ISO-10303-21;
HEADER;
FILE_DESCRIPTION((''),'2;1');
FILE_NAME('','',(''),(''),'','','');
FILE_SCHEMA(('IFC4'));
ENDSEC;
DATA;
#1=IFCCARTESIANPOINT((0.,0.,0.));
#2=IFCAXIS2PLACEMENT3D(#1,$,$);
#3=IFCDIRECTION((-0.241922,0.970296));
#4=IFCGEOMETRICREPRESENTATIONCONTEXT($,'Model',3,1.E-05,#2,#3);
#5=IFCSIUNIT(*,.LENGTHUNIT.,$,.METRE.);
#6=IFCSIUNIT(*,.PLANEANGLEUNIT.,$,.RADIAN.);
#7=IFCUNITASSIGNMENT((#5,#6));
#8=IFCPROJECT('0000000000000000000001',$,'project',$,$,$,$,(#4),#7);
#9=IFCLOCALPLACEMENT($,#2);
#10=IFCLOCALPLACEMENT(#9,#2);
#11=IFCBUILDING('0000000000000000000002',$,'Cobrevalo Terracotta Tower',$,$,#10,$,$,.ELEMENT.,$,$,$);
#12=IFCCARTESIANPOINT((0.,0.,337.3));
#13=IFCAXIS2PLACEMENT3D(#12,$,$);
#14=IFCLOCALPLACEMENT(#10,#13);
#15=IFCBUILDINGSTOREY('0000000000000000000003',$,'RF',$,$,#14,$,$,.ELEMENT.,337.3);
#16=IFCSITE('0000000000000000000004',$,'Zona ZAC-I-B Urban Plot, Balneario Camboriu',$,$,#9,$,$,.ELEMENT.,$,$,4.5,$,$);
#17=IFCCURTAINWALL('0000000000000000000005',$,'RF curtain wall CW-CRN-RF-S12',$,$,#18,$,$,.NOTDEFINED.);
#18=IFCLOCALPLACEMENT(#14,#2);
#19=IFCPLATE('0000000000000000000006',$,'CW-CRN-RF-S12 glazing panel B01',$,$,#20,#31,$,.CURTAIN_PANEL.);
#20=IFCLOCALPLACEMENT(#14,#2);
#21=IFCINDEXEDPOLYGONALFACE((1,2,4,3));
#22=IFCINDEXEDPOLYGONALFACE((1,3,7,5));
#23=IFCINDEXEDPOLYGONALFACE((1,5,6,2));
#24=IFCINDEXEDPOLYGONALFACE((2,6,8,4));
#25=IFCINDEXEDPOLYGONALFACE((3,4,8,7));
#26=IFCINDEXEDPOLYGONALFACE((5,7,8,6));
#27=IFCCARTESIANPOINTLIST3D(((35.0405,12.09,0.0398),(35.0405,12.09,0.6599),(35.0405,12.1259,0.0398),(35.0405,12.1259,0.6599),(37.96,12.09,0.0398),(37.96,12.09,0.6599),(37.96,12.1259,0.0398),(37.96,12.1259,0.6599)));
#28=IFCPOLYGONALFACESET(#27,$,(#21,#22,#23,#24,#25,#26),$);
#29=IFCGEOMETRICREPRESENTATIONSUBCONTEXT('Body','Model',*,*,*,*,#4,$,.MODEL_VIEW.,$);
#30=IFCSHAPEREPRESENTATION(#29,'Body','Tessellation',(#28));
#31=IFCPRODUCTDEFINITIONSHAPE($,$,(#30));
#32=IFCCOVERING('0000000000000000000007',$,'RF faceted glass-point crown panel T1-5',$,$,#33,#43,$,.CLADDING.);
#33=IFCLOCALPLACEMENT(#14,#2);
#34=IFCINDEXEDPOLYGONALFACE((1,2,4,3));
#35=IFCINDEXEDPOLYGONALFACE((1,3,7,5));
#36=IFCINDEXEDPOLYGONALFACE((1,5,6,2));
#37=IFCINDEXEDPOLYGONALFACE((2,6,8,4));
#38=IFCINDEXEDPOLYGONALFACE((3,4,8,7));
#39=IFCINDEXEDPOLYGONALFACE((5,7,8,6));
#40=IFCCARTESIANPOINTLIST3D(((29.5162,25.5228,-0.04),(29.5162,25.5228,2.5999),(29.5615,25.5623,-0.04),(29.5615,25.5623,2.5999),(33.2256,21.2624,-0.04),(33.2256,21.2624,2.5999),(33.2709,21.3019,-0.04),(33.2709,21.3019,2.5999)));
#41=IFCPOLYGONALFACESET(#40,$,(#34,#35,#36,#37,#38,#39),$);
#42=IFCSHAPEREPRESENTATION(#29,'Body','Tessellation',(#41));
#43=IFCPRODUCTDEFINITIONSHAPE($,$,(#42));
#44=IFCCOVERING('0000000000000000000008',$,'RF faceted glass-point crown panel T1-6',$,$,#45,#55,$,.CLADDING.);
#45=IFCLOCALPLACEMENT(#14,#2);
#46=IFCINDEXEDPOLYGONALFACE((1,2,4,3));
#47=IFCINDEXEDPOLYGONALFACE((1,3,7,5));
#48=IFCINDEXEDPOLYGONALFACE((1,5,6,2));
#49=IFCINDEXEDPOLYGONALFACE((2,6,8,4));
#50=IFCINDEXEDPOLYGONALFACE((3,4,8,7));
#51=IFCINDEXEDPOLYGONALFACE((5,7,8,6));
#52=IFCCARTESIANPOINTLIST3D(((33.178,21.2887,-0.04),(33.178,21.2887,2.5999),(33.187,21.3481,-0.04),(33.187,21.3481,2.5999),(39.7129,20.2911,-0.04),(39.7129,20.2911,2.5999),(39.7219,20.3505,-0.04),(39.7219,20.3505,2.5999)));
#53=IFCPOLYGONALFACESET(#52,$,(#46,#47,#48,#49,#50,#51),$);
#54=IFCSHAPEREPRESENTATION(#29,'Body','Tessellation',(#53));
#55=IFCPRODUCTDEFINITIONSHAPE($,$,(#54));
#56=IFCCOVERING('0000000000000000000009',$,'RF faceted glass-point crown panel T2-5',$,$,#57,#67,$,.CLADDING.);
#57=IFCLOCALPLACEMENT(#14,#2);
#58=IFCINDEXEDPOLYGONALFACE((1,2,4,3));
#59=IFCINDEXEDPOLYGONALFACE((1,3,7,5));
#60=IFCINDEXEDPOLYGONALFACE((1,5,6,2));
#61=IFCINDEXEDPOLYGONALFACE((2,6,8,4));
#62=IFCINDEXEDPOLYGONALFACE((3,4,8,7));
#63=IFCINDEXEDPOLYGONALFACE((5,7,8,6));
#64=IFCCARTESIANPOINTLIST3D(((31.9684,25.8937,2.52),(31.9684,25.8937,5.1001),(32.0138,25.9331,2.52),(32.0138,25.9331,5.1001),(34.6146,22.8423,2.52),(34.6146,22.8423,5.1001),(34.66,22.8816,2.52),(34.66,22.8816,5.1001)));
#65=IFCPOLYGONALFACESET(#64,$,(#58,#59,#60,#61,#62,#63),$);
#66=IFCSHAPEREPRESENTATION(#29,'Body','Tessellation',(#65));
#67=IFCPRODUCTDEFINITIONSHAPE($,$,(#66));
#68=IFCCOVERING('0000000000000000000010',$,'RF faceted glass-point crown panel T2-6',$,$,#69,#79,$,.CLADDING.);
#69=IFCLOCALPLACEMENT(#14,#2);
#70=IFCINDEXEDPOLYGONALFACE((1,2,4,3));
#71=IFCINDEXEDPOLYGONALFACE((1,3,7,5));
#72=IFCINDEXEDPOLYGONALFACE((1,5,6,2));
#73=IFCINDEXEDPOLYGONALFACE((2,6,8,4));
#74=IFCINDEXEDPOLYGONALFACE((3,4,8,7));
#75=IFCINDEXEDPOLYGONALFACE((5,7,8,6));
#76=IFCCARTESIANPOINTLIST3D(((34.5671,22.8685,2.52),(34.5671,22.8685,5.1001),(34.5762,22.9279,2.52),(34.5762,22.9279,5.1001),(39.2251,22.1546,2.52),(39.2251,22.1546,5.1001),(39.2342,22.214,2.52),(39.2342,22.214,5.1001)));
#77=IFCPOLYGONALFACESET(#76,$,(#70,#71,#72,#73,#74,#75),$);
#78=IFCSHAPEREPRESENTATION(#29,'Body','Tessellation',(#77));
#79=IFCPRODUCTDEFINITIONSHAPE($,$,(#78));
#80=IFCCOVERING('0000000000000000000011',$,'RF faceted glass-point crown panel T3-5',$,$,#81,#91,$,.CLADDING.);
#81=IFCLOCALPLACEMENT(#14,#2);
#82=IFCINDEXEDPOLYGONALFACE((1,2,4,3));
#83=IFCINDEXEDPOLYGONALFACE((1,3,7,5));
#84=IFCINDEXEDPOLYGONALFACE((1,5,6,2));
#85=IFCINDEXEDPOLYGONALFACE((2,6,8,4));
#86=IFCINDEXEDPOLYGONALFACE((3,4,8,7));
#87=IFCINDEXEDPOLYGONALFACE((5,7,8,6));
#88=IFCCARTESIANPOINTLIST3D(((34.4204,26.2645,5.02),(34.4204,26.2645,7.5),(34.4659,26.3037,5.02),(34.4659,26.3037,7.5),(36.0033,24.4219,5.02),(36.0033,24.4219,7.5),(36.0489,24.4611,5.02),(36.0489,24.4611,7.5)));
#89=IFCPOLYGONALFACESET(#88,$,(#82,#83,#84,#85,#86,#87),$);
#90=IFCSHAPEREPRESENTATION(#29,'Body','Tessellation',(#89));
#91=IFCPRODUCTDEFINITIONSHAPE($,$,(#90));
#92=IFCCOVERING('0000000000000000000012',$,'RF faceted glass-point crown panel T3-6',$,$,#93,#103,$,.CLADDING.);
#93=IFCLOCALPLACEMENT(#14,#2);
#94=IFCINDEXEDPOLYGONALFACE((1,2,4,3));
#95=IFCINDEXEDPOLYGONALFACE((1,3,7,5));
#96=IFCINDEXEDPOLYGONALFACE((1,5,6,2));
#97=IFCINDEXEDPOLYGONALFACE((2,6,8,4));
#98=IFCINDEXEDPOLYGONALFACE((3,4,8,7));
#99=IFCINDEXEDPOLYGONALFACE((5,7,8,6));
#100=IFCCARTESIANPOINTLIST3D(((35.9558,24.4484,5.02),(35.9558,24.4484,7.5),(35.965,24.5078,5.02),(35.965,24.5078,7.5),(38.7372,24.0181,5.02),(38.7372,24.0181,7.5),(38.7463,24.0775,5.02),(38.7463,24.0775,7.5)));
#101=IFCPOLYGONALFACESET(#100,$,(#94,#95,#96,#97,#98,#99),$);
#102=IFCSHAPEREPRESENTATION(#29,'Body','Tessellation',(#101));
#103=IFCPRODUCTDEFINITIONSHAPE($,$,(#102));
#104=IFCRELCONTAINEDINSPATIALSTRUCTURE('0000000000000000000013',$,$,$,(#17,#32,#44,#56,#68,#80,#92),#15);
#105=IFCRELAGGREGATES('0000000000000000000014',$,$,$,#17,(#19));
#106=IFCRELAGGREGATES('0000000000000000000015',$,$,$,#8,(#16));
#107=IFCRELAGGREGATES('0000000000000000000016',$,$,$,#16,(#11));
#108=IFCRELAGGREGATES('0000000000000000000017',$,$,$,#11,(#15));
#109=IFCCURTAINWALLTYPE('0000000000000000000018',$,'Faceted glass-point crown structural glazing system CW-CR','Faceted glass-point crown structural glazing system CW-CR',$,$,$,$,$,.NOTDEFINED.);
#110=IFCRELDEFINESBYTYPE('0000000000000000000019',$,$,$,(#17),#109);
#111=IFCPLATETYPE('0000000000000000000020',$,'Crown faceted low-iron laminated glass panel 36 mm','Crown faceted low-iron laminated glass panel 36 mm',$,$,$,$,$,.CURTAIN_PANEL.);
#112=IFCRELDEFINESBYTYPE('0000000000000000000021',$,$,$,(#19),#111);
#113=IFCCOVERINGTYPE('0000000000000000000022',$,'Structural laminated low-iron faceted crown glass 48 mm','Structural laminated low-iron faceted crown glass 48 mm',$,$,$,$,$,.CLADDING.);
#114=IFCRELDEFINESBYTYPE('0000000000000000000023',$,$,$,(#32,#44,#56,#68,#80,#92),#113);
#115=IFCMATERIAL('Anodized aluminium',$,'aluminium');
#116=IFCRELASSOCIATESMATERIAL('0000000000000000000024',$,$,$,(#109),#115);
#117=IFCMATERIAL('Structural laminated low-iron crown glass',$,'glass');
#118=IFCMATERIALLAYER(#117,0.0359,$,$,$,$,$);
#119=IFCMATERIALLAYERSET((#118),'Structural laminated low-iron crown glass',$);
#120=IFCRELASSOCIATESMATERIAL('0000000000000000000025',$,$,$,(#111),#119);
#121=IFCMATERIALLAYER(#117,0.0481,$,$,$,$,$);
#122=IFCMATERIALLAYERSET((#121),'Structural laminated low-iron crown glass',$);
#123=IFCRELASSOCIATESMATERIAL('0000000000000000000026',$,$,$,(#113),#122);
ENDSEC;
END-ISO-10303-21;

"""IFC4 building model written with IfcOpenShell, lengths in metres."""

from ifc_helpers import new_model, si_unit, direction, frame, origin, origin_2d, place, context, subcontext, project, spatial, rectangle, extrude, source, transform, mapped, material, layer, layer_set, type_object, element, aggregate, save


model = new_model("IFC4")

# Units and contexts
model_context = context("Model", 3, precision=1e-05, world=origin(), true_north=direction((-0.241922, 0.970296)))
body_context = subcontext(model_context, "Body", "Model", "MODEL_VIEW")
ifc_project = project(units=[si_unit("LENGTHUNIT", "METRE"), si_unit("PLANEANGLEUNIT", "RADIAN")], contexts=[model_context])

# Site, building, storey
site_placement = place(None, origin())
site = spatial("IfcSite", under=ifc_project, at=site_placement, Name="Zona ZAC-I-B Urban Plot, Balneario Camboriu", CompositionType="ELEMENT", RefElevation=4.5)
building_placement = place(site_placement, origin())
building = spatial("IfcBuilding", under=site, at=building_placement, Name="Cobrevalo Terracotta Tower", CompositionType="ELEMENT")
storey_placement = place(building_placement, frame((0.0, 0.0, 337.3)))
storey = spatial("IfcBuildingStorey", under=building, at=storey_placement, Name="RF", CompositionType="ELEMENT", Elevation=337.3)

# Shared definitions
ifc_material_1 = material(Name="Anodized aluminium", Category="aluminium")
curtain_wall_type = type_object("IfcCurtainWallType", Name="Faceted glass-point crown structural glazing system CW-CR", Description="Faceted glass-point crown structural glazing system CW-CR", PredefinedType="NOTDEFINED", material=ifc_material_1)

# Curtain wall
curtain_wall_1_placement = place(storey_placement, origin())
curtain_wall_1 = element("IfcCurtainWall", 1, at=curtain_wall_1_placement, inside=storey, type_object=curtain_wall_type, Name="RF curtain wall CW-CRN-RF-S12", PredefinedType="NOTDEFINED")

# Plate
ifc_material_2 = material(Name="Structural laminated low-iron crown glass", Category="glass")
ifc_layer_1 = layer(ifc_material_2, 0.0359)
ifc_layer_set_1 = layer_set([ifc_layer_1], Name="Structural laminated low-iron crown glass")
plate_type = type_object("IfcPlateType", Name="Crown faceted low-iron laminated glass panel 36 mm", Description="Crown faceted low-iron laminated glass panel 36 mm", PredefinedType="CURTAIN_PANEL", material=ifc_layer_set_1)
shared_shape_1 = source(origin(), body_context, "Body", "SweptSolid", [
    extrude(rectangle(XDim=2.9194, YDim=0.0359, at=origin_2d()), origin(), (0.0, 0.0, 1.0), 0.6201),
])
plate_1_placement = place(storey_placement, frame((36.5002, 12.1079, 0.0398), z_axis=(0.0, 0.0, 1.0), x_axis=(1.0, 0.0, 0.0)))
plate_1 = element("IfcPlate", 2, at=plate_1_placement, type_object=plate_type, Name="CW-CRN-RF-S12 glazing panel B01", PredefinedType="CURTAIN_PANEL", context=body_context, shape_type="MappedRepresentation", body=[
    mapped(shared_shape_1, transform((0.0, 0.0, 0.0), scale=1.0)),
])
aggregate(curtain_wall_1, [plate_1])

# Coverings
ifc_layer_2 = layer(ifc_material_2, 0.0481)
ifc_layer_set_2 = layer_set([ifc_layer_2], Name="Structural laminated low-iron crown glass")
covering_type = type_object("IfcCoveringType", Name="Structural laminated low-iron faceted crown glass 48 mm", Description="Structural laminated low-iron faceted crown glass 48 mm", PredefinedType="CLADDING", material=ifc_layer_set_2)
shared_shape_2 = source(origin(), body_context, "Body", "SweptSolid", [
    extrude(rectangle(XDim=5.6489, YDim=0.0601, at=origin_2d()), origin(), (0.0, 0.0, 1.0), 2.6399),
])
covering_1_placement = place(storey_placement, frame((31.3936, 23.4124, -0.04), z_axis=(0.0, 0.0, 1.0), x_axis=(0.656648, -0.754198, 0.0)))
element("IfcCovering", 3, at=covering_1_placement, inside=storey, type_object=covering_type, Name="RF faceted glass-point crown panel T1-5", PredefinedType="CLADDING", context=body_context, shape_type="MappedRepresentation", body=[
    mapped(shared_shape_2, transform((0.0, 0.0, 0.0), scale=1.0)),
])
shared_shape_3 = source(origin(), body_context, "Body", "SweptSolid", [
    extrude(rectangle(XDim=6.6106, YDim=0.0601, at=origin_2d()), origin(), (0.0, 0.0, 1.0), 2.6399),
])
covering_2_placement = place(storey_placement, frame((36.45, 20.8196, -0.04), z_axis=(0.0, 0.0, 1.0), x_axis=(0.988548, -0.150905, 0.0)))
element("IfcCovering", 4, at=covering_2_placement, inside=storey, type_object=covering_type, Name="RF faceted glass-point crown panel T1-6", PredefinedType="CLADDING", context=body_context, shape_type="MappedRepresentation", body=[
    mapped(shared_shape_3, transform((0.0, 0.0, 0.0), scale=1.0)),
])
shared_shape_4 = source(origin(), body_context, "Body", "SweptSolid", [
    extrude(rectangle(XDim=4.0391, YDim=0.0601, at=origin_2d()), origin(), (0.0, 0.0, 1.0), 2.5801),
])
covering_3_placement = place(storey_placement, frame((33.3142, 24.3877, 2.52), z_axis=(0.0, 0.0, 1.0), x_axis=(0.655165, -0.755485, 0.0)))
element("IfcCovering", 5, at=covering_3_placement, inside=storey, type_object=covering_type, Name="RF faceted glass-point crown panel T2-5", PredefinedType="CLADDING", context=body_context, shape_type="MappedRepresentation", body=[
    mapped(shared_shape_4, transform((0.0, 0.0, 0.0), scale=1.0)),
])
shared_shape_5 = source(origin(), body_context, "Body", "SweptSolid", [
    extrude(rectangle(XDim=4.7124, YDim=0.0601, at=origin_2d()), origin(), (0.0, 0.0, 1.0), 2.5801),
])
covering_4_placement = place(storey_placement, frame((36.9006, 22.5413, 2.52), z_axis=(0.0, 0.0, 1.0), x_axis=(0.988458, -0.151492, 0.0)))
element("IfcCovering", 6, at=covering_4_placement, inside=storey, type_object=covering_type, Name="RF faceted glass-point crown panel T2-6", PredefinedType="CLADDING", context=body_context, shape_type="MappedRepresentation", body=[
    mapped(shared_shape_5, transform((0.0, 0.0, 0.0), scale=1.0)),
])
shared_shape_6 = source(origin(), body_context, "Body", "SweptSolid", [
    extrude(rectangle(XDim=2.4292, YDim=0.0601, at=origin_2d()), origin(), (0.0, 0.0, 1.0), 2.48),
])
covering_5_placement = place(storey_placement, frame((35.2346, 25.3628, 5.02), z_axis=(0.0, 0.0, 1.0), x_axis=(0.65164, -0.758528, 0.0)))
element("IfcCovering", 7, at=covering_5_placement, inside=storey, type_object=covering_type, Name="RF faceted glass-point crown panel T3-5", PredefinedType="CLADDING", context=body_context, shape_type="MappedRepresentation", body=[
    mapped(shared_shape_6, transform((0.0, 0.0, 0.0), scale=1.0)),
])
shared_shape_7 = source(origin(), body_context, "Body", "SweptSolid", [
    extrude(rectangle(XDim=2.8145, YDim=0.0601, at=origin_2d()), origin(), (0.0, 0.0, 1.0), 2.48),
])
covering_6_placement = place(storey_placement, frame((37.3511, 24.2629, 5.02), z_axis=(0.0, 0.0, 1.0), x_axis=(0.988243, -0.152891, 0.0)))
element("IfcCovering", 8, at=covering_6_placement, inside=storey, type_object=covering_type, Name="RF faceted glass-point crown panel T3-6", PredefinedType="CLADDING", context=body_context, shape_type="MappedRepresentation", body=[
    mapped(shared_shape_7, transform((0.0, 0.0, 0.0), scale=1.0)),
])

save(model, "model.ifc")
